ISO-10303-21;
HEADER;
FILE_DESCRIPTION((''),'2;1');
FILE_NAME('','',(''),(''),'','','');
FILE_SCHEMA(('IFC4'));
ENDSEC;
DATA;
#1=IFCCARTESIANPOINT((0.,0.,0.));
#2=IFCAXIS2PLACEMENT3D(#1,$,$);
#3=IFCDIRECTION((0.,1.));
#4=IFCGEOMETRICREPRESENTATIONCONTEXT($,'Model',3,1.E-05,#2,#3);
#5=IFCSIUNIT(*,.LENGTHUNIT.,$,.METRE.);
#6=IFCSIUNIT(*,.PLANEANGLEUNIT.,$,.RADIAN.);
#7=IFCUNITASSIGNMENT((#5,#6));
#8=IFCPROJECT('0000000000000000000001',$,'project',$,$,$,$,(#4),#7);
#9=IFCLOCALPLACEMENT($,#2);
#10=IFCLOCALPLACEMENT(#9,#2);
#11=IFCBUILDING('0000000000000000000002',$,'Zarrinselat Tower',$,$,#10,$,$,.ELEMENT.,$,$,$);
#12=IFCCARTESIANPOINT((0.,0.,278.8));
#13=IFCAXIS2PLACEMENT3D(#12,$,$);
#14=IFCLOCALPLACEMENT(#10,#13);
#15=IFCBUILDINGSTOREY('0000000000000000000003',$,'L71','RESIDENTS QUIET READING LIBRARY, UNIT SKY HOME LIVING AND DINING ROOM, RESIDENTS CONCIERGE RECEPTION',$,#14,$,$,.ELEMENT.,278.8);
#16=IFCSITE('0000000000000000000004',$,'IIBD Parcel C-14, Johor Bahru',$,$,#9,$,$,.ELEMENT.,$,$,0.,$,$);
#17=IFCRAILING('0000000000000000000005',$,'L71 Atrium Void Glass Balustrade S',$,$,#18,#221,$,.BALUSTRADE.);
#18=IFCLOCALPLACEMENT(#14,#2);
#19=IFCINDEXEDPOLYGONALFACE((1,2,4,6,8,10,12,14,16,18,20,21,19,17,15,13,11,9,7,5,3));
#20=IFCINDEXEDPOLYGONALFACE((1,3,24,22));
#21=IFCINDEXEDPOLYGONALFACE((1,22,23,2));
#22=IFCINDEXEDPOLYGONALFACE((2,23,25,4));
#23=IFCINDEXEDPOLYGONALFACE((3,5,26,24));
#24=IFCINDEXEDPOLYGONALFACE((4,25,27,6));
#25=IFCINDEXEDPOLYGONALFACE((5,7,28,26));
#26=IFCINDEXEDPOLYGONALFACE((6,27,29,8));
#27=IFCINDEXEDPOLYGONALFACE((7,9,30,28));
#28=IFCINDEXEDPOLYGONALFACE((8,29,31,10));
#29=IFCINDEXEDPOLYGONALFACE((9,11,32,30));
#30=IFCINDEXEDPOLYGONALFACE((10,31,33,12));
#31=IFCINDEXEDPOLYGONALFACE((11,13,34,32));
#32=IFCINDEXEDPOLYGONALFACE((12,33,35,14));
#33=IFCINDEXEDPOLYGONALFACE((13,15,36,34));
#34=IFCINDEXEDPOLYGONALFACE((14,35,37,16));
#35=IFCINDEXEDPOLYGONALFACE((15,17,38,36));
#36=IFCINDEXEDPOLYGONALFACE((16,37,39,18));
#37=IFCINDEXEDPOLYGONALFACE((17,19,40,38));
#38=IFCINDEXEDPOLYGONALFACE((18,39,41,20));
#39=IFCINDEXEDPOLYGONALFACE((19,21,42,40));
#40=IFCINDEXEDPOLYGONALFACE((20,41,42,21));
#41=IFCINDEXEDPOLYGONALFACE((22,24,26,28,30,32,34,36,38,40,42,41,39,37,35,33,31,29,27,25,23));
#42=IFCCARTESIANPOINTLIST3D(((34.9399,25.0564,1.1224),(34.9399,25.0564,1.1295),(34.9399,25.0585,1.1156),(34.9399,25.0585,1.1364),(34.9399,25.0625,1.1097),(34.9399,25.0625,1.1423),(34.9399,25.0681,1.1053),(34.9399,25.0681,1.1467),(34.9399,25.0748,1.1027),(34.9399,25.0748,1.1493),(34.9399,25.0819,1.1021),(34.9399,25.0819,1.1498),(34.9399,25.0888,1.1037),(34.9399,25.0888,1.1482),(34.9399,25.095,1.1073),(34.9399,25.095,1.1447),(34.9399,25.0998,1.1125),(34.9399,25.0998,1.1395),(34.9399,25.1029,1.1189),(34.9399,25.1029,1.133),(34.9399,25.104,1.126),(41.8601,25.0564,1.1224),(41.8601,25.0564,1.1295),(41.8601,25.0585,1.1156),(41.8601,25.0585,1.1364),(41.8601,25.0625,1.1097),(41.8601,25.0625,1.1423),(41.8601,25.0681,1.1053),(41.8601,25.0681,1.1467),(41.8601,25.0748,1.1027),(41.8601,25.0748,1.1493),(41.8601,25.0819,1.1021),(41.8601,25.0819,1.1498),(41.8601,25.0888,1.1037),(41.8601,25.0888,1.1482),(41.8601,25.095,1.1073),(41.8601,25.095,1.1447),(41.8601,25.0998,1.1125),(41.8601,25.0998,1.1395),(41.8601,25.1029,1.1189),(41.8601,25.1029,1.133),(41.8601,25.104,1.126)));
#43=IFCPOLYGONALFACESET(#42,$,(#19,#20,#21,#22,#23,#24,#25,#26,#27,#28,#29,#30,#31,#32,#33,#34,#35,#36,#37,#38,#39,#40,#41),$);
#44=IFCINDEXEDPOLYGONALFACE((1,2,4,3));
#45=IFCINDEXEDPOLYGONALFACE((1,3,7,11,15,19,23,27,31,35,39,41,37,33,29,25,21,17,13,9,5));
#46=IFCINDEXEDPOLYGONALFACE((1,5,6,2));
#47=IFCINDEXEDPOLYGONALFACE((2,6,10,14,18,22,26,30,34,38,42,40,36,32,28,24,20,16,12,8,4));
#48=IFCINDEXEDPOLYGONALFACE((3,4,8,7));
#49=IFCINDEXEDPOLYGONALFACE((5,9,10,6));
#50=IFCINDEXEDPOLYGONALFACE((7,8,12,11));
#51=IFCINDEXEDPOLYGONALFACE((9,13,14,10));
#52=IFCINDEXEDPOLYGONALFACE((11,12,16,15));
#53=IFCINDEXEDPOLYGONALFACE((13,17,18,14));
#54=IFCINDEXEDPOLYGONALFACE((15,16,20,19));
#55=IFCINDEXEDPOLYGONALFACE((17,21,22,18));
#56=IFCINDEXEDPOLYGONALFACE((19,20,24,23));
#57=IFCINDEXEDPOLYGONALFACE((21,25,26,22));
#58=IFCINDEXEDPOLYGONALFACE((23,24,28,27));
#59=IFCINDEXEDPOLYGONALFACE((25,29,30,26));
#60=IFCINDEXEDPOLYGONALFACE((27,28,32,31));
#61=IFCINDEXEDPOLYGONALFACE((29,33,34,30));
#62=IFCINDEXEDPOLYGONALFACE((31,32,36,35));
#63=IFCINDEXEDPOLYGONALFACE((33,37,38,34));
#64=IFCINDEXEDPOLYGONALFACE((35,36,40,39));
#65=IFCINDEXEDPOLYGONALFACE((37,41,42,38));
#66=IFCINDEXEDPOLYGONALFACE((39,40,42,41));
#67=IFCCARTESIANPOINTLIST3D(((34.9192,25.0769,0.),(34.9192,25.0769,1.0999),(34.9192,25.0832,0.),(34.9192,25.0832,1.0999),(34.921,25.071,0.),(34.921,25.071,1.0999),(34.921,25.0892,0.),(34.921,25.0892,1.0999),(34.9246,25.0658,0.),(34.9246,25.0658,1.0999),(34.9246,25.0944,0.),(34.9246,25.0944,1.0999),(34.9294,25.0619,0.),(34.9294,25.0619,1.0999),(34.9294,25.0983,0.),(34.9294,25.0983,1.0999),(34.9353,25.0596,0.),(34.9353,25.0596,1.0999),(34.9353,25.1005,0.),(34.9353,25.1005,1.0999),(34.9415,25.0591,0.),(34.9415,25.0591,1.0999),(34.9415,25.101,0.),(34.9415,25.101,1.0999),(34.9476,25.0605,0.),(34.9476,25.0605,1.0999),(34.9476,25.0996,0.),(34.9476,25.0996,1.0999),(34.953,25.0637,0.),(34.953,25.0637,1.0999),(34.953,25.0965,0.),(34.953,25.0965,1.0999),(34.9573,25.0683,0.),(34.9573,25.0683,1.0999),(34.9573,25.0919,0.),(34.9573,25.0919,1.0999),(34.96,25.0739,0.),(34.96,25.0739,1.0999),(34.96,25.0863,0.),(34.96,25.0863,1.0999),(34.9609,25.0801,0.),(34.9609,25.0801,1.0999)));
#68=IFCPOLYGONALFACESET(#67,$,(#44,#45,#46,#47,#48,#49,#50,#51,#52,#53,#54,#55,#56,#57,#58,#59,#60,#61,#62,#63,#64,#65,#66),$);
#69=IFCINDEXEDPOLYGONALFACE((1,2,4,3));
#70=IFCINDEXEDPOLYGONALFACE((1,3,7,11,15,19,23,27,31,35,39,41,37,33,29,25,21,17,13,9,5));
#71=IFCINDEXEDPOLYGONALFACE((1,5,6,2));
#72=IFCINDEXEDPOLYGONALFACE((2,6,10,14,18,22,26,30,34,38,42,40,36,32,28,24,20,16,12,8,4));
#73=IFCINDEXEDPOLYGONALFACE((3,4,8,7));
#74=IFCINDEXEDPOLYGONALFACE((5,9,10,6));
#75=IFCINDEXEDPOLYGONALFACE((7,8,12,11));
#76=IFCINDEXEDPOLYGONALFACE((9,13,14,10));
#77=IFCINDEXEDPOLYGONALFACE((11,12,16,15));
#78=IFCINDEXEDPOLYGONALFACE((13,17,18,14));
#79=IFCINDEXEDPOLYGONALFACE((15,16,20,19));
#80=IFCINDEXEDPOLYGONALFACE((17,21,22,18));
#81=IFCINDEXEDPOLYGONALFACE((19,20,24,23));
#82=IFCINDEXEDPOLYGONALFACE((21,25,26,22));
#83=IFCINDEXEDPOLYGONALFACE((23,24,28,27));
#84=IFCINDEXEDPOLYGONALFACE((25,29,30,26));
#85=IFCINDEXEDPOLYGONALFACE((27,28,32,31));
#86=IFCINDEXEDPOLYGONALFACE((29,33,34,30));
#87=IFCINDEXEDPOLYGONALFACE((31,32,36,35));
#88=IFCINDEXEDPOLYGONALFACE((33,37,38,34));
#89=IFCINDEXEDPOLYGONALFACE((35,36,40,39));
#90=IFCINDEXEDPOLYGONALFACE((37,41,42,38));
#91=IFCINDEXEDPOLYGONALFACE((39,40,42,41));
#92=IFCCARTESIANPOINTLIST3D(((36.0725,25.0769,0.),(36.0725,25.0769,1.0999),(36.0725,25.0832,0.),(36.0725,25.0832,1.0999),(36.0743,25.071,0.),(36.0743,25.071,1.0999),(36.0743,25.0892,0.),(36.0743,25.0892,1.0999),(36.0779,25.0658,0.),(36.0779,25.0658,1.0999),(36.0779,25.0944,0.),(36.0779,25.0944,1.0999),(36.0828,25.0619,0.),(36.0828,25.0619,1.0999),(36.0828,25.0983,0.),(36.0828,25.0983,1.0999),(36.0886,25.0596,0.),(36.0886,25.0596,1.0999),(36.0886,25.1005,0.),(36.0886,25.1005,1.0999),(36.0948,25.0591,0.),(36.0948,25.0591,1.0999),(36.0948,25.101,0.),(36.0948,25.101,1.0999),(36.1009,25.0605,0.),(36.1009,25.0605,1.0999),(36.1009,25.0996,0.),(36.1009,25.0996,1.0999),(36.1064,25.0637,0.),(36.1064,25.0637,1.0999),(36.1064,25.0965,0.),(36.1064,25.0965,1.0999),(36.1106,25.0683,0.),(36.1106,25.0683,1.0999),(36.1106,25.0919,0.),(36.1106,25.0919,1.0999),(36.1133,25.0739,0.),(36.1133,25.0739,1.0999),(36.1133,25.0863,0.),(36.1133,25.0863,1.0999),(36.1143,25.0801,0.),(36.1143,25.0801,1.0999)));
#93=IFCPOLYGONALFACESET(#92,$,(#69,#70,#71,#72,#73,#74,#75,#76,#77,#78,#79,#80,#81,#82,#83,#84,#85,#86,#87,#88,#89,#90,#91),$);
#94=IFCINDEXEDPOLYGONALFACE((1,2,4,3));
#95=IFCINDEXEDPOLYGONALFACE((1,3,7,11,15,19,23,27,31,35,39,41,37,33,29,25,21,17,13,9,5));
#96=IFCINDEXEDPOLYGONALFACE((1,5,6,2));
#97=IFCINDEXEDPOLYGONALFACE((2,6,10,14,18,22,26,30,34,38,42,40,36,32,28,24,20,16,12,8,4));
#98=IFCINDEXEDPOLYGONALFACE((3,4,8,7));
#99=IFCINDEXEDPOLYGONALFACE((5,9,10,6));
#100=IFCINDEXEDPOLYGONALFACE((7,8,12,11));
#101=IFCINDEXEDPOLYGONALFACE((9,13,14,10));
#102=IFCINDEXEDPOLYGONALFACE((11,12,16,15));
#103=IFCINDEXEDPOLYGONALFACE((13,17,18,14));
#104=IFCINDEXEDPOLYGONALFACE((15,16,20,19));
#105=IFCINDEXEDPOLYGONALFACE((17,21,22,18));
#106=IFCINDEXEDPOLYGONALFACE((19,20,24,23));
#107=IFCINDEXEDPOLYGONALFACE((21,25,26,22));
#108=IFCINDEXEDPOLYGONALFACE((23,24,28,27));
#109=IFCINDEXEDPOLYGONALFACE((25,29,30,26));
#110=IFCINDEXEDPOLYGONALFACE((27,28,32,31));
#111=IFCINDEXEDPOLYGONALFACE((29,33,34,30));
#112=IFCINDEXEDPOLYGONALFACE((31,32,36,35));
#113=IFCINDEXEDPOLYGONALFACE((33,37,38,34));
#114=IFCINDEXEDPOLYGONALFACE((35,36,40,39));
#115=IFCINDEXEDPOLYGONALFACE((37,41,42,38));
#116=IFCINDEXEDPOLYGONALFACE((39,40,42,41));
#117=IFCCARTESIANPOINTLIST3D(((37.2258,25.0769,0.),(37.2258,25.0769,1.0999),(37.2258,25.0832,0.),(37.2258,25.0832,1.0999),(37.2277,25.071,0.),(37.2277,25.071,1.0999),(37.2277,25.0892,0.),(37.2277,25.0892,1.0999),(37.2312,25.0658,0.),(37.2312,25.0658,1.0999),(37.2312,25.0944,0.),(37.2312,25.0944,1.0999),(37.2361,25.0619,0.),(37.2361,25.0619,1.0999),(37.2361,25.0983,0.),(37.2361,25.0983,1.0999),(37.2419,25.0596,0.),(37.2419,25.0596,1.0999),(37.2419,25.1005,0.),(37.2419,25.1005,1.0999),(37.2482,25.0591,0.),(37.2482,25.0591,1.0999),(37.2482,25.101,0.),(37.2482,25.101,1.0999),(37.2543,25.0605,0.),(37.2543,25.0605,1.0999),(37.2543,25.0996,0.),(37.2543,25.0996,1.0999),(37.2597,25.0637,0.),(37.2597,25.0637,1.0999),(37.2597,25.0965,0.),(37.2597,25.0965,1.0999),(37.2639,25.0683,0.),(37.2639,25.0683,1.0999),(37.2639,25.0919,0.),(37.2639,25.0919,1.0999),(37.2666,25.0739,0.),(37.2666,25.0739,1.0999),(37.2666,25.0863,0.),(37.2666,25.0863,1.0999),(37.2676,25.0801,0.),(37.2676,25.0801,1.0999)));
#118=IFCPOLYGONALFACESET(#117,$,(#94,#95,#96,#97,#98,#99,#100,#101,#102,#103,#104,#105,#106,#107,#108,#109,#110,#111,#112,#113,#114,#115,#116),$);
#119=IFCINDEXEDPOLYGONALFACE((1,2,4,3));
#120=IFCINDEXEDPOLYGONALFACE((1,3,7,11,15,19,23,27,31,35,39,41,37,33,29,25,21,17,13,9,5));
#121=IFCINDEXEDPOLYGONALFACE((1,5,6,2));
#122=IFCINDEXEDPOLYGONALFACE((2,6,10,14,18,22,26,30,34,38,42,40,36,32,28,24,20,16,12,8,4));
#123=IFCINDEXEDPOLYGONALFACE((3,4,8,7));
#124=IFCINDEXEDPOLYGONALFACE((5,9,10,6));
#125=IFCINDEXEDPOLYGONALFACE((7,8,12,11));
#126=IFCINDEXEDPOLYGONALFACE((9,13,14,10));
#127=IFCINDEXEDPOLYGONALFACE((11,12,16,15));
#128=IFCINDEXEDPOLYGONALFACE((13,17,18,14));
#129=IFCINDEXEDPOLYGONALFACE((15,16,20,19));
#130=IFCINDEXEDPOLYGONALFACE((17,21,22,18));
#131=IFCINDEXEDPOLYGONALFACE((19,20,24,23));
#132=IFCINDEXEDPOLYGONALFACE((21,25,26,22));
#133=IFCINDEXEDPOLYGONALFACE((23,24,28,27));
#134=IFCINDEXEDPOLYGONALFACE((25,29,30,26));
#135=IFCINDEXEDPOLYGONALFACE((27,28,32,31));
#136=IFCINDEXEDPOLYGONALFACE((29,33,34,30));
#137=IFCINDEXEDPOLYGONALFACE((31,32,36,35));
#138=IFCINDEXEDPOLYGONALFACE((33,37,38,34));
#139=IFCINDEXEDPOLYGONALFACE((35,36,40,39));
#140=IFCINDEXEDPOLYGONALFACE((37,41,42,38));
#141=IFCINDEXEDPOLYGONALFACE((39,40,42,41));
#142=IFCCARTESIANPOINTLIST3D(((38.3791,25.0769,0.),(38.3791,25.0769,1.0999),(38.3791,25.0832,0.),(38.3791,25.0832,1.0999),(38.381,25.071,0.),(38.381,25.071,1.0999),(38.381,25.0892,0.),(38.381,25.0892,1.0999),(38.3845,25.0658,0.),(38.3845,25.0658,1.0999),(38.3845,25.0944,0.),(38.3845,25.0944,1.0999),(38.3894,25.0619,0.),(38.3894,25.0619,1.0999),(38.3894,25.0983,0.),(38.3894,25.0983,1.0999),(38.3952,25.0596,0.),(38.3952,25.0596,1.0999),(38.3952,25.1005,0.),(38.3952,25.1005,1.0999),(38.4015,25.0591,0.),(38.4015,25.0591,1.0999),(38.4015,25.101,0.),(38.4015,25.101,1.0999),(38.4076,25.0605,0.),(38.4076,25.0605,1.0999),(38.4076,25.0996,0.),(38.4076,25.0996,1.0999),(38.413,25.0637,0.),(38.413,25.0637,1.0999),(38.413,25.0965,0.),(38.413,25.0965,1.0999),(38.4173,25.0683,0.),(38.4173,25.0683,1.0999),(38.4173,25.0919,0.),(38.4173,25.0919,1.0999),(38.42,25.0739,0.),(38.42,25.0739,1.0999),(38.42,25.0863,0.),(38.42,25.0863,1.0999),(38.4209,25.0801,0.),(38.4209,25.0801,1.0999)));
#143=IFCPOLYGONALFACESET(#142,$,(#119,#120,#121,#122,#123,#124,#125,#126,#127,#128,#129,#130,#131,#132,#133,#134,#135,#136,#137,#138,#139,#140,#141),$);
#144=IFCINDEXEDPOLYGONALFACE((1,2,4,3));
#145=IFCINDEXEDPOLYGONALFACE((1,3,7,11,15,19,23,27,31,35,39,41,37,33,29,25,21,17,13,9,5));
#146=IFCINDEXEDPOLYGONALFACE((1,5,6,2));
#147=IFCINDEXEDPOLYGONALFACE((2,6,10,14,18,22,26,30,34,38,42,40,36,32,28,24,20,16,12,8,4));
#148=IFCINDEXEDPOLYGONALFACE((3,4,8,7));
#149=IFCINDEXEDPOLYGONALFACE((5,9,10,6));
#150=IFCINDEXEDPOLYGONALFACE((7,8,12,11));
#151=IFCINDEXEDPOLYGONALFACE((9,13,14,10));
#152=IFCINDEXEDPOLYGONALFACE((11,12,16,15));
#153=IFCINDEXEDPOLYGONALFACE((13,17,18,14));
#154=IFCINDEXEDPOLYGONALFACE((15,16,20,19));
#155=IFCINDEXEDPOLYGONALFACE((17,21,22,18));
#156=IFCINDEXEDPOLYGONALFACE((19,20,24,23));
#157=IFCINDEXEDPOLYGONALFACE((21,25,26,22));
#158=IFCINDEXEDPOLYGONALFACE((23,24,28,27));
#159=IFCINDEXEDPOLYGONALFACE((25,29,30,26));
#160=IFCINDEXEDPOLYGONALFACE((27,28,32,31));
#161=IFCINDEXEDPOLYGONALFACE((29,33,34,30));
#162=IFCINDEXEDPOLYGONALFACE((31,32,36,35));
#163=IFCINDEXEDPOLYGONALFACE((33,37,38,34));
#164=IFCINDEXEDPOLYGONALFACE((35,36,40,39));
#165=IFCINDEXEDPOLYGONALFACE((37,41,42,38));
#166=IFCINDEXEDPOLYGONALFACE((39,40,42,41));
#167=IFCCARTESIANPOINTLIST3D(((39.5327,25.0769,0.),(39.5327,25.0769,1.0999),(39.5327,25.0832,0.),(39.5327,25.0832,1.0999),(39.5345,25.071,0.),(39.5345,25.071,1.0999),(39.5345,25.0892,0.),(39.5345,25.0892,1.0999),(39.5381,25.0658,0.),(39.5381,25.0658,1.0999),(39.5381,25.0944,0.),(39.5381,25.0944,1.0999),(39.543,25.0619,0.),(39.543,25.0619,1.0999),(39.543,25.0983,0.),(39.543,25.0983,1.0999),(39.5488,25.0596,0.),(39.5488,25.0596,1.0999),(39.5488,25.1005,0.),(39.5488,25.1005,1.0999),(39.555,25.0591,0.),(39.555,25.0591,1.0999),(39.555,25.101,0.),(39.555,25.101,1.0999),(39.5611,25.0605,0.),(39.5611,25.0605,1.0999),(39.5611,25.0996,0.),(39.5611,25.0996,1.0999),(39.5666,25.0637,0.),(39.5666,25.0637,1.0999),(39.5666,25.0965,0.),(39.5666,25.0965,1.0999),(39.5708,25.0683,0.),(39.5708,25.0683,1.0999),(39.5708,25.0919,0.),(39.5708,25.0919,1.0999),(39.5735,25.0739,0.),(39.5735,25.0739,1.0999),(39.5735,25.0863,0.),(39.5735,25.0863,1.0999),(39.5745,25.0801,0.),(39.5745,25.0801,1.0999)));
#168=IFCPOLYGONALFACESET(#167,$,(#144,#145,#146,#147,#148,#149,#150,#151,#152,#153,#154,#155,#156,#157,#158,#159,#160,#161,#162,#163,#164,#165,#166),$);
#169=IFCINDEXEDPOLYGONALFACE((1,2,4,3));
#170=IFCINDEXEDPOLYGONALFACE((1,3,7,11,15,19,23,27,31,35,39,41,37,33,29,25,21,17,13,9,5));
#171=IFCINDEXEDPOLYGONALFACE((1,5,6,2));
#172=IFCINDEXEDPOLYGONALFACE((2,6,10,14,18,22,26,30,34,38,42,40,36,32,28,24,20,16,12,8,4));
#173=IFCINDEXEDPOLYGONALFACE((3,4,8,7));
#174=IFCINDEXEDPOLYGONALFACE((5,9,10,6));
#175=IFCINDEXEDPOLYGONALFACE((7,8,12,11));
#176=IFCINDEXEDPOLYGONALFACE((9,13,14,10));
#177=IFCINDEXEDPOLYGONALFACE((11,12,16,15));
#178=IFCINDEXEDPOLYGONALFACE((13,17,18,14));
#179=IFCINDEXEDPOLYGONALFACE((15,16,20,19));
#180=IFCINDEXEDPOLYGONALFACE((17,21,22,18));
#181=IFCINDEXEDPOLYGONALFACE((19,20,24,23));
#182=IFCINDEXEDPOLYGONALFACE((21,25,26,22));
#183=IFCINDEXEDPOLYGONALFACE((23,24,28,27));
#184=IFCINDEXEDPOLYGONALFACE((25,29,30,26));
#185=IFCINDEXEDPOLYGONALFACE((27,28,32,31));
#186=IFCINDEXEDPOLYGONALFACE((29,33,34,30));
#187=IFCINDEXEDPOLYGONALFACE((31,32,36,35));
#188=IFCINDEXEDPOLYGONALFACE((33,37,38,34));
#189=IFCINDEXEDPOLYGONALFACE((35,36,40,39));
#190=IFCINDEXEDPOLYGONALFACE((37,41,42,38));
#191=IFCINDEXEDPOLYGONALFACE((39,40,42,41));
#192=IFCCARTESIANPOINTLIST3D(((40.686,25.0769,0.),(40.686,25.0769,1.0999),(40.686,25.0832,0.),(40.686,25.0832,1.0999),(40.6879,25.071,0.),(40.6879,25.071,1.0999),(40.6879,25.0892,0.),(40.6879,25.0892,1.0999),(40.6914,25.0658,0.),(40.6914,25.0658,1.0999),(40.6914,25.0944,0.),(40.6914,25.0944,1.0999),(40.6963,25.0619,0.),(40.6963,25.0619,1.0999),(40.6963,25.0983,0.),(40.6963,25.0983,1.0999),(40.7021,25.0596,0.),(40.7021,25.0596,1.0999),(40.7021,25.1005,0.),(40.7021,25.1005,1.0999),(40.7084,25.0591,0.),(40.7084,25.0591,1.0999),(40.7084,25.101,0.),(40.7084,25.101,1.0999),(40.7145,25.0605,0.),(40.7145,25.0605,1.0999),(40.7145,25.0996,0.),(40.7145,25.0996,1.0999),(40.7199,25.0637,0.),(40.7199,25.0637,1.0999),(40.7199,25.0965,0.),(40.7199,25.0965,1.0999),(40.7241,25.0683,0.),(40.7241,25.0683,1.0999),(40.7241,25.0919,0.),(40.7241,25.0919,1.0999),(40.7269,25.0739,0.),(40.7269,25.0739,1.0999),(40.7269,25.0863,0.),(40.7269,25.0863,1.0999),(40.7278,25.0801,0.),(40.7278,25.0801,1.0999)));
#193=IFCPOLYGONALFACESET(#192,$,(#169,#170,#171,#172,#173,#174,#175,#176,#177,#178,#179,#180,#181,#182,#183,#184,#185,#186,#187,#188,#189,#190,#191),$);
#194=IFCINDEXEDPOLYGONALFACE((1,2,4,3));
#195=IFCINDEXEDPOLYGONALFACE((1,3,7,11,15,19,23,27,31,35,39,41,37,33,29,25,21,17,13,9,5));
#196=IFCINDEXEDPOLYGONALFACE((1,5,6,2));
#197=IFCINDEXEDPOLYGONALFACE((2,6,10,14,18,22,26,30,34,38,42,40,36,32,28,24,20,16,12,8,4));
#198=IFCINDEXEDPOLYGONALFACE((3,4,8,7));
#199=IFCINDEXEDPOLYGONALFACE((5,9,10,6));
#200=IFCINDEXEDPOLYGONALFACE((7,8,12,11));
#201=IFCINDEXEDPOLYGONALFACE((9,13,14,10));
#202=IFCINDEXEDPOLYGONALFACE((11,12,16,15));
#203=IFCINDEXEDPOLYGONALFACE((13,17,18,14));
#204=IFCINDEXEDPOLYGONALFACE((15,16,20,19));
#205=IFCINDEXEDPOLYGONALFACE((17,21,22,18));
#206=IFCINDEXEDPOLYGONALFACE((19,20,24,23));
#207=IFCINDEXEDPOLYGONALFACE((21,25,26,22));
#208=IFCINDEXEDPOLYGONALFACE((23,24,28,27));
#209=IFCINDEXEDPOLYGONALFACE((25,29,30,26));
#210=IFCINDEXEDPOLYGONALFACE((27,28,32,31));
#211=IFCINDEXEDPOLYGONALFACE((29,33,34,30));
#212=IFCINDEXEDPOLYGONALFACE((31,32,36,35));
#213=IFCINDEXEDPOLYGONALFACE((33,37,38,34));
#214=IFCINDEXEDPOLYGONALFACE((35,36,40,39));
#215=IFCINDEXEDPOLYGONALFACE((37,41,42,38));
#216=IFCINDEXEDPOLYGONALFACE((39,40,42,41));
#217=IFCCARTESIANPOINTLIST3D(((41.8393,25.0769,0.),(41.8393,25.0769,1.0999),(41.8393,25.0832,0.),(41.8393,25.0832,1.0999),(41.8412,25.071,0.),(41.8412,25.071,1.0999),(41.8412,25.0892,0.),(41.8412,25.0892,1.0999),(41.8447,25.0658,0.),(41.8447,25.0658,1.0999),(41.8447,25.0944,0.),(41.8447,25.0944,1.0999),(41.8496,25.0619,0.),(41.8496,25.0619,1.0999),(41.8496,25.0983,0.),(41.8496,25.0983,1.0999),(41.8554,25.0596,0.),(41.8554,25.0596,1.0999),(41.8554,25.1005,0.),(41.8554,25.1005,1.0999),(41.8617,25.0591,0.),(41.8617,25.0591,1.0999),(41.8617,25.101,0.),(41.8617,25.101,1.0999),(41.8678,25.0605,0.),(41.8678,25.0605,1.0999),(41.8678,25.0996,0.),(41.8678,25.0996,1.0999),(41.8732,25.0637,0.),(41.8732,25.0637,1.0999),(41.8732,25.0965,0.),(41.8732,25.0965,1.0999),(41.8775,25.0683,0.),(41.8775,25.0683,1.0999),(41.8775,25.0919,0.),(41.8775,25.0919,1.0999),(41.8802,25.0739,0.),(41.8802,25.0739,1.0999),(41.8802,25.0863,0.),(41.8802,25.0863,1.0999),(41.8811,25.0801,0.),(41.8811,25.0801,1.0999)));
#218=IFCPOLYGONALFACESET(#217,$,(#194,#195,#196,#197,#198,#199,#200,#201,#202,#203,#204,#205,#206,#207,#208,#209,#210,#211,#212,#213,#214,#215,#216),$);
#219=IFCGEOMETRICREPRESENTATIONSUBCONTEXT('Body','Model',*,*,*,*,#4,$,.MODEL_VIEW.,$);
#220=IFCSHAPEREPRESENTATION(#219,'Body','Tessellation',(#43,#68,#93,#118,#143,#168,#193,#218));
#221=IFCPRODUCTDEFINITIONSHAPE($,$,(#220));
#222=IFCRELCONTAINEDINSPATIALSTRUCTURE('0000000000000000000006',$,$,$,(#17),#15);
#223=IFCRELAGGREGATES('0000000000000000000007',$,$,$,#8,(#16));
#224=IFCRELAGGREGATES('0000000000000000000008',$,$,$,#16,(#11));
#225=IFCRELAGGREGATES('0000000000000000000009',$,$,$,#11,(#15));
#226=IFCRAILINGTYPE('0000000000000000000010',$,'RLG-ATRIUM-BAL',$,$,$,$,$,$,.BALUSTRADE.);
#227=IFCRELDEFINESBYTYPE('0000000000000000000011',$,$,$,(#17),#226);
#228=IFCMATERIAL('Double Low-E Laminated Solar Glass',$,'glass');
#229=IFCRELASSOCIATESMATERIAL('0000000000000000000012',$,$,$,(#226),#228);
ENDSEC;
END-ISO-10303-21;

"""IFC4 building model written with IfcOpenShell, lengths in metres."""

from ifc_helpers import new_model, si_unit, direction, frame, origin, origin_2d, place, context, subcontext, project, spatial, circle, extrude, material, type_object, element, save


model = new_model("IFC4")

# Units and contexts
model_context = context("Model", 3, precision=1e-05, world=origin(), true_north=direction((0.0, 1.0)))
body_context = subcontext(model_context, "Body", "Model", "MODEL_VIEW")
ifc_project = project(units=[si_unit("LENGTHUNIT", "METRE"), si_unit("PLANEANGLEUNIT", "RADIAN")], contexts=[model_context])

# Site, building, storey
site_placement = place(None, origin())
site = spatial("IfcSite", under=ifc_project, at=site_placement, Name="IIBD Parcel C-14, Johor Bahru", CompositionType="ELEMENT", RefElevation=0.0)
building_placement = place(site_placement, origin())
building = spatial("IfcBuilding", under=site, at=building_placement, Name="Zarrinselat Tower", CompositionType="ELEMENT")
storey_placement = place(building_placement, frame((0.0, 0.0, 278.8)))
storey = spatial("IfcBuildingStorey", under=building, at=storey_placement, Name="L71", Description="RESIDENTS QUIET READING LIBRARY, UNIT SKY HOME LIVING AND DINING ROOM, RESIDENTS CONCIERGE RECEPTION", CompositionType="ELEMENT", Elevation=278.8)

# Railing
ifc_material_1 = material(Name="Double Low-E Laminated Solar Glass", Category="glass")
railing_type_1 = type_object("IfcRailingType", Name="RLG-ATRIUM-BAL", PredefinedType="BALUSTRADE", material=ifc_material_1)
railing_1_placement = place(storey_placement, frame((34.9399, 25.0801, 0.0)))
element("IfcRailing", 1, at=railing_1_placement, inside=storey, type_object=railing_type_1, Name="L71 Atrium Void Glass Balustrade S", PredefinedType="BALUSTRADE", context=body_context, shape_type="SweptSolid", body=[
    extrude(circle(Radius=0.0239, at=origin_2d()), frame((0.0, 0.0, 1.126), z_axis=(1.0, 0.0, 0.0), x_axis=(0.0, 1.0, 0.0)), (0.0, 0.0, 1.0), 6.9202),
    extrude(circle(Radius=0.021, at=origin_2d()), origin(), (0.0, 0.0, 1.0), 1.0999),
    extrude(circle(Radius=0.021, at=origin_2d()), frame((1.1533, 0.0, 0.0)), (0.0, 0.0, 1.0), 1.0999),
    extrude(circle(Radius=0.021, at=origin_2d()), frame((2.3066, 0.0, 0.0)), (0.0, 0.0, 1.0), 1.0999),
    extrude(circle(Radius=0.021, at=origin_2d()), frame((3.46, 0.0, 0.0)), (0.0, 0.0, 1.0), 1.0999),
    extrude(circle(Radius=0.021, at=origin_2d()), frame((4.6135, 0.0, 0.0)), (0.0, 0.0, 1.0), 1.0999),
    extrude(circle(Radius=0.021, at=origin_2d()), frame((5.7668, 0.0, 0.0)), (0.0, 0.0, 1.0), 1.0999),
    extrude(circle(Radius=0.021, at=origin_2d()), frame((6.9202, 0.0, 0.0)), (0.0, 0.0, 1.0), 1.0999),
])

save(model, "model.ifc")
